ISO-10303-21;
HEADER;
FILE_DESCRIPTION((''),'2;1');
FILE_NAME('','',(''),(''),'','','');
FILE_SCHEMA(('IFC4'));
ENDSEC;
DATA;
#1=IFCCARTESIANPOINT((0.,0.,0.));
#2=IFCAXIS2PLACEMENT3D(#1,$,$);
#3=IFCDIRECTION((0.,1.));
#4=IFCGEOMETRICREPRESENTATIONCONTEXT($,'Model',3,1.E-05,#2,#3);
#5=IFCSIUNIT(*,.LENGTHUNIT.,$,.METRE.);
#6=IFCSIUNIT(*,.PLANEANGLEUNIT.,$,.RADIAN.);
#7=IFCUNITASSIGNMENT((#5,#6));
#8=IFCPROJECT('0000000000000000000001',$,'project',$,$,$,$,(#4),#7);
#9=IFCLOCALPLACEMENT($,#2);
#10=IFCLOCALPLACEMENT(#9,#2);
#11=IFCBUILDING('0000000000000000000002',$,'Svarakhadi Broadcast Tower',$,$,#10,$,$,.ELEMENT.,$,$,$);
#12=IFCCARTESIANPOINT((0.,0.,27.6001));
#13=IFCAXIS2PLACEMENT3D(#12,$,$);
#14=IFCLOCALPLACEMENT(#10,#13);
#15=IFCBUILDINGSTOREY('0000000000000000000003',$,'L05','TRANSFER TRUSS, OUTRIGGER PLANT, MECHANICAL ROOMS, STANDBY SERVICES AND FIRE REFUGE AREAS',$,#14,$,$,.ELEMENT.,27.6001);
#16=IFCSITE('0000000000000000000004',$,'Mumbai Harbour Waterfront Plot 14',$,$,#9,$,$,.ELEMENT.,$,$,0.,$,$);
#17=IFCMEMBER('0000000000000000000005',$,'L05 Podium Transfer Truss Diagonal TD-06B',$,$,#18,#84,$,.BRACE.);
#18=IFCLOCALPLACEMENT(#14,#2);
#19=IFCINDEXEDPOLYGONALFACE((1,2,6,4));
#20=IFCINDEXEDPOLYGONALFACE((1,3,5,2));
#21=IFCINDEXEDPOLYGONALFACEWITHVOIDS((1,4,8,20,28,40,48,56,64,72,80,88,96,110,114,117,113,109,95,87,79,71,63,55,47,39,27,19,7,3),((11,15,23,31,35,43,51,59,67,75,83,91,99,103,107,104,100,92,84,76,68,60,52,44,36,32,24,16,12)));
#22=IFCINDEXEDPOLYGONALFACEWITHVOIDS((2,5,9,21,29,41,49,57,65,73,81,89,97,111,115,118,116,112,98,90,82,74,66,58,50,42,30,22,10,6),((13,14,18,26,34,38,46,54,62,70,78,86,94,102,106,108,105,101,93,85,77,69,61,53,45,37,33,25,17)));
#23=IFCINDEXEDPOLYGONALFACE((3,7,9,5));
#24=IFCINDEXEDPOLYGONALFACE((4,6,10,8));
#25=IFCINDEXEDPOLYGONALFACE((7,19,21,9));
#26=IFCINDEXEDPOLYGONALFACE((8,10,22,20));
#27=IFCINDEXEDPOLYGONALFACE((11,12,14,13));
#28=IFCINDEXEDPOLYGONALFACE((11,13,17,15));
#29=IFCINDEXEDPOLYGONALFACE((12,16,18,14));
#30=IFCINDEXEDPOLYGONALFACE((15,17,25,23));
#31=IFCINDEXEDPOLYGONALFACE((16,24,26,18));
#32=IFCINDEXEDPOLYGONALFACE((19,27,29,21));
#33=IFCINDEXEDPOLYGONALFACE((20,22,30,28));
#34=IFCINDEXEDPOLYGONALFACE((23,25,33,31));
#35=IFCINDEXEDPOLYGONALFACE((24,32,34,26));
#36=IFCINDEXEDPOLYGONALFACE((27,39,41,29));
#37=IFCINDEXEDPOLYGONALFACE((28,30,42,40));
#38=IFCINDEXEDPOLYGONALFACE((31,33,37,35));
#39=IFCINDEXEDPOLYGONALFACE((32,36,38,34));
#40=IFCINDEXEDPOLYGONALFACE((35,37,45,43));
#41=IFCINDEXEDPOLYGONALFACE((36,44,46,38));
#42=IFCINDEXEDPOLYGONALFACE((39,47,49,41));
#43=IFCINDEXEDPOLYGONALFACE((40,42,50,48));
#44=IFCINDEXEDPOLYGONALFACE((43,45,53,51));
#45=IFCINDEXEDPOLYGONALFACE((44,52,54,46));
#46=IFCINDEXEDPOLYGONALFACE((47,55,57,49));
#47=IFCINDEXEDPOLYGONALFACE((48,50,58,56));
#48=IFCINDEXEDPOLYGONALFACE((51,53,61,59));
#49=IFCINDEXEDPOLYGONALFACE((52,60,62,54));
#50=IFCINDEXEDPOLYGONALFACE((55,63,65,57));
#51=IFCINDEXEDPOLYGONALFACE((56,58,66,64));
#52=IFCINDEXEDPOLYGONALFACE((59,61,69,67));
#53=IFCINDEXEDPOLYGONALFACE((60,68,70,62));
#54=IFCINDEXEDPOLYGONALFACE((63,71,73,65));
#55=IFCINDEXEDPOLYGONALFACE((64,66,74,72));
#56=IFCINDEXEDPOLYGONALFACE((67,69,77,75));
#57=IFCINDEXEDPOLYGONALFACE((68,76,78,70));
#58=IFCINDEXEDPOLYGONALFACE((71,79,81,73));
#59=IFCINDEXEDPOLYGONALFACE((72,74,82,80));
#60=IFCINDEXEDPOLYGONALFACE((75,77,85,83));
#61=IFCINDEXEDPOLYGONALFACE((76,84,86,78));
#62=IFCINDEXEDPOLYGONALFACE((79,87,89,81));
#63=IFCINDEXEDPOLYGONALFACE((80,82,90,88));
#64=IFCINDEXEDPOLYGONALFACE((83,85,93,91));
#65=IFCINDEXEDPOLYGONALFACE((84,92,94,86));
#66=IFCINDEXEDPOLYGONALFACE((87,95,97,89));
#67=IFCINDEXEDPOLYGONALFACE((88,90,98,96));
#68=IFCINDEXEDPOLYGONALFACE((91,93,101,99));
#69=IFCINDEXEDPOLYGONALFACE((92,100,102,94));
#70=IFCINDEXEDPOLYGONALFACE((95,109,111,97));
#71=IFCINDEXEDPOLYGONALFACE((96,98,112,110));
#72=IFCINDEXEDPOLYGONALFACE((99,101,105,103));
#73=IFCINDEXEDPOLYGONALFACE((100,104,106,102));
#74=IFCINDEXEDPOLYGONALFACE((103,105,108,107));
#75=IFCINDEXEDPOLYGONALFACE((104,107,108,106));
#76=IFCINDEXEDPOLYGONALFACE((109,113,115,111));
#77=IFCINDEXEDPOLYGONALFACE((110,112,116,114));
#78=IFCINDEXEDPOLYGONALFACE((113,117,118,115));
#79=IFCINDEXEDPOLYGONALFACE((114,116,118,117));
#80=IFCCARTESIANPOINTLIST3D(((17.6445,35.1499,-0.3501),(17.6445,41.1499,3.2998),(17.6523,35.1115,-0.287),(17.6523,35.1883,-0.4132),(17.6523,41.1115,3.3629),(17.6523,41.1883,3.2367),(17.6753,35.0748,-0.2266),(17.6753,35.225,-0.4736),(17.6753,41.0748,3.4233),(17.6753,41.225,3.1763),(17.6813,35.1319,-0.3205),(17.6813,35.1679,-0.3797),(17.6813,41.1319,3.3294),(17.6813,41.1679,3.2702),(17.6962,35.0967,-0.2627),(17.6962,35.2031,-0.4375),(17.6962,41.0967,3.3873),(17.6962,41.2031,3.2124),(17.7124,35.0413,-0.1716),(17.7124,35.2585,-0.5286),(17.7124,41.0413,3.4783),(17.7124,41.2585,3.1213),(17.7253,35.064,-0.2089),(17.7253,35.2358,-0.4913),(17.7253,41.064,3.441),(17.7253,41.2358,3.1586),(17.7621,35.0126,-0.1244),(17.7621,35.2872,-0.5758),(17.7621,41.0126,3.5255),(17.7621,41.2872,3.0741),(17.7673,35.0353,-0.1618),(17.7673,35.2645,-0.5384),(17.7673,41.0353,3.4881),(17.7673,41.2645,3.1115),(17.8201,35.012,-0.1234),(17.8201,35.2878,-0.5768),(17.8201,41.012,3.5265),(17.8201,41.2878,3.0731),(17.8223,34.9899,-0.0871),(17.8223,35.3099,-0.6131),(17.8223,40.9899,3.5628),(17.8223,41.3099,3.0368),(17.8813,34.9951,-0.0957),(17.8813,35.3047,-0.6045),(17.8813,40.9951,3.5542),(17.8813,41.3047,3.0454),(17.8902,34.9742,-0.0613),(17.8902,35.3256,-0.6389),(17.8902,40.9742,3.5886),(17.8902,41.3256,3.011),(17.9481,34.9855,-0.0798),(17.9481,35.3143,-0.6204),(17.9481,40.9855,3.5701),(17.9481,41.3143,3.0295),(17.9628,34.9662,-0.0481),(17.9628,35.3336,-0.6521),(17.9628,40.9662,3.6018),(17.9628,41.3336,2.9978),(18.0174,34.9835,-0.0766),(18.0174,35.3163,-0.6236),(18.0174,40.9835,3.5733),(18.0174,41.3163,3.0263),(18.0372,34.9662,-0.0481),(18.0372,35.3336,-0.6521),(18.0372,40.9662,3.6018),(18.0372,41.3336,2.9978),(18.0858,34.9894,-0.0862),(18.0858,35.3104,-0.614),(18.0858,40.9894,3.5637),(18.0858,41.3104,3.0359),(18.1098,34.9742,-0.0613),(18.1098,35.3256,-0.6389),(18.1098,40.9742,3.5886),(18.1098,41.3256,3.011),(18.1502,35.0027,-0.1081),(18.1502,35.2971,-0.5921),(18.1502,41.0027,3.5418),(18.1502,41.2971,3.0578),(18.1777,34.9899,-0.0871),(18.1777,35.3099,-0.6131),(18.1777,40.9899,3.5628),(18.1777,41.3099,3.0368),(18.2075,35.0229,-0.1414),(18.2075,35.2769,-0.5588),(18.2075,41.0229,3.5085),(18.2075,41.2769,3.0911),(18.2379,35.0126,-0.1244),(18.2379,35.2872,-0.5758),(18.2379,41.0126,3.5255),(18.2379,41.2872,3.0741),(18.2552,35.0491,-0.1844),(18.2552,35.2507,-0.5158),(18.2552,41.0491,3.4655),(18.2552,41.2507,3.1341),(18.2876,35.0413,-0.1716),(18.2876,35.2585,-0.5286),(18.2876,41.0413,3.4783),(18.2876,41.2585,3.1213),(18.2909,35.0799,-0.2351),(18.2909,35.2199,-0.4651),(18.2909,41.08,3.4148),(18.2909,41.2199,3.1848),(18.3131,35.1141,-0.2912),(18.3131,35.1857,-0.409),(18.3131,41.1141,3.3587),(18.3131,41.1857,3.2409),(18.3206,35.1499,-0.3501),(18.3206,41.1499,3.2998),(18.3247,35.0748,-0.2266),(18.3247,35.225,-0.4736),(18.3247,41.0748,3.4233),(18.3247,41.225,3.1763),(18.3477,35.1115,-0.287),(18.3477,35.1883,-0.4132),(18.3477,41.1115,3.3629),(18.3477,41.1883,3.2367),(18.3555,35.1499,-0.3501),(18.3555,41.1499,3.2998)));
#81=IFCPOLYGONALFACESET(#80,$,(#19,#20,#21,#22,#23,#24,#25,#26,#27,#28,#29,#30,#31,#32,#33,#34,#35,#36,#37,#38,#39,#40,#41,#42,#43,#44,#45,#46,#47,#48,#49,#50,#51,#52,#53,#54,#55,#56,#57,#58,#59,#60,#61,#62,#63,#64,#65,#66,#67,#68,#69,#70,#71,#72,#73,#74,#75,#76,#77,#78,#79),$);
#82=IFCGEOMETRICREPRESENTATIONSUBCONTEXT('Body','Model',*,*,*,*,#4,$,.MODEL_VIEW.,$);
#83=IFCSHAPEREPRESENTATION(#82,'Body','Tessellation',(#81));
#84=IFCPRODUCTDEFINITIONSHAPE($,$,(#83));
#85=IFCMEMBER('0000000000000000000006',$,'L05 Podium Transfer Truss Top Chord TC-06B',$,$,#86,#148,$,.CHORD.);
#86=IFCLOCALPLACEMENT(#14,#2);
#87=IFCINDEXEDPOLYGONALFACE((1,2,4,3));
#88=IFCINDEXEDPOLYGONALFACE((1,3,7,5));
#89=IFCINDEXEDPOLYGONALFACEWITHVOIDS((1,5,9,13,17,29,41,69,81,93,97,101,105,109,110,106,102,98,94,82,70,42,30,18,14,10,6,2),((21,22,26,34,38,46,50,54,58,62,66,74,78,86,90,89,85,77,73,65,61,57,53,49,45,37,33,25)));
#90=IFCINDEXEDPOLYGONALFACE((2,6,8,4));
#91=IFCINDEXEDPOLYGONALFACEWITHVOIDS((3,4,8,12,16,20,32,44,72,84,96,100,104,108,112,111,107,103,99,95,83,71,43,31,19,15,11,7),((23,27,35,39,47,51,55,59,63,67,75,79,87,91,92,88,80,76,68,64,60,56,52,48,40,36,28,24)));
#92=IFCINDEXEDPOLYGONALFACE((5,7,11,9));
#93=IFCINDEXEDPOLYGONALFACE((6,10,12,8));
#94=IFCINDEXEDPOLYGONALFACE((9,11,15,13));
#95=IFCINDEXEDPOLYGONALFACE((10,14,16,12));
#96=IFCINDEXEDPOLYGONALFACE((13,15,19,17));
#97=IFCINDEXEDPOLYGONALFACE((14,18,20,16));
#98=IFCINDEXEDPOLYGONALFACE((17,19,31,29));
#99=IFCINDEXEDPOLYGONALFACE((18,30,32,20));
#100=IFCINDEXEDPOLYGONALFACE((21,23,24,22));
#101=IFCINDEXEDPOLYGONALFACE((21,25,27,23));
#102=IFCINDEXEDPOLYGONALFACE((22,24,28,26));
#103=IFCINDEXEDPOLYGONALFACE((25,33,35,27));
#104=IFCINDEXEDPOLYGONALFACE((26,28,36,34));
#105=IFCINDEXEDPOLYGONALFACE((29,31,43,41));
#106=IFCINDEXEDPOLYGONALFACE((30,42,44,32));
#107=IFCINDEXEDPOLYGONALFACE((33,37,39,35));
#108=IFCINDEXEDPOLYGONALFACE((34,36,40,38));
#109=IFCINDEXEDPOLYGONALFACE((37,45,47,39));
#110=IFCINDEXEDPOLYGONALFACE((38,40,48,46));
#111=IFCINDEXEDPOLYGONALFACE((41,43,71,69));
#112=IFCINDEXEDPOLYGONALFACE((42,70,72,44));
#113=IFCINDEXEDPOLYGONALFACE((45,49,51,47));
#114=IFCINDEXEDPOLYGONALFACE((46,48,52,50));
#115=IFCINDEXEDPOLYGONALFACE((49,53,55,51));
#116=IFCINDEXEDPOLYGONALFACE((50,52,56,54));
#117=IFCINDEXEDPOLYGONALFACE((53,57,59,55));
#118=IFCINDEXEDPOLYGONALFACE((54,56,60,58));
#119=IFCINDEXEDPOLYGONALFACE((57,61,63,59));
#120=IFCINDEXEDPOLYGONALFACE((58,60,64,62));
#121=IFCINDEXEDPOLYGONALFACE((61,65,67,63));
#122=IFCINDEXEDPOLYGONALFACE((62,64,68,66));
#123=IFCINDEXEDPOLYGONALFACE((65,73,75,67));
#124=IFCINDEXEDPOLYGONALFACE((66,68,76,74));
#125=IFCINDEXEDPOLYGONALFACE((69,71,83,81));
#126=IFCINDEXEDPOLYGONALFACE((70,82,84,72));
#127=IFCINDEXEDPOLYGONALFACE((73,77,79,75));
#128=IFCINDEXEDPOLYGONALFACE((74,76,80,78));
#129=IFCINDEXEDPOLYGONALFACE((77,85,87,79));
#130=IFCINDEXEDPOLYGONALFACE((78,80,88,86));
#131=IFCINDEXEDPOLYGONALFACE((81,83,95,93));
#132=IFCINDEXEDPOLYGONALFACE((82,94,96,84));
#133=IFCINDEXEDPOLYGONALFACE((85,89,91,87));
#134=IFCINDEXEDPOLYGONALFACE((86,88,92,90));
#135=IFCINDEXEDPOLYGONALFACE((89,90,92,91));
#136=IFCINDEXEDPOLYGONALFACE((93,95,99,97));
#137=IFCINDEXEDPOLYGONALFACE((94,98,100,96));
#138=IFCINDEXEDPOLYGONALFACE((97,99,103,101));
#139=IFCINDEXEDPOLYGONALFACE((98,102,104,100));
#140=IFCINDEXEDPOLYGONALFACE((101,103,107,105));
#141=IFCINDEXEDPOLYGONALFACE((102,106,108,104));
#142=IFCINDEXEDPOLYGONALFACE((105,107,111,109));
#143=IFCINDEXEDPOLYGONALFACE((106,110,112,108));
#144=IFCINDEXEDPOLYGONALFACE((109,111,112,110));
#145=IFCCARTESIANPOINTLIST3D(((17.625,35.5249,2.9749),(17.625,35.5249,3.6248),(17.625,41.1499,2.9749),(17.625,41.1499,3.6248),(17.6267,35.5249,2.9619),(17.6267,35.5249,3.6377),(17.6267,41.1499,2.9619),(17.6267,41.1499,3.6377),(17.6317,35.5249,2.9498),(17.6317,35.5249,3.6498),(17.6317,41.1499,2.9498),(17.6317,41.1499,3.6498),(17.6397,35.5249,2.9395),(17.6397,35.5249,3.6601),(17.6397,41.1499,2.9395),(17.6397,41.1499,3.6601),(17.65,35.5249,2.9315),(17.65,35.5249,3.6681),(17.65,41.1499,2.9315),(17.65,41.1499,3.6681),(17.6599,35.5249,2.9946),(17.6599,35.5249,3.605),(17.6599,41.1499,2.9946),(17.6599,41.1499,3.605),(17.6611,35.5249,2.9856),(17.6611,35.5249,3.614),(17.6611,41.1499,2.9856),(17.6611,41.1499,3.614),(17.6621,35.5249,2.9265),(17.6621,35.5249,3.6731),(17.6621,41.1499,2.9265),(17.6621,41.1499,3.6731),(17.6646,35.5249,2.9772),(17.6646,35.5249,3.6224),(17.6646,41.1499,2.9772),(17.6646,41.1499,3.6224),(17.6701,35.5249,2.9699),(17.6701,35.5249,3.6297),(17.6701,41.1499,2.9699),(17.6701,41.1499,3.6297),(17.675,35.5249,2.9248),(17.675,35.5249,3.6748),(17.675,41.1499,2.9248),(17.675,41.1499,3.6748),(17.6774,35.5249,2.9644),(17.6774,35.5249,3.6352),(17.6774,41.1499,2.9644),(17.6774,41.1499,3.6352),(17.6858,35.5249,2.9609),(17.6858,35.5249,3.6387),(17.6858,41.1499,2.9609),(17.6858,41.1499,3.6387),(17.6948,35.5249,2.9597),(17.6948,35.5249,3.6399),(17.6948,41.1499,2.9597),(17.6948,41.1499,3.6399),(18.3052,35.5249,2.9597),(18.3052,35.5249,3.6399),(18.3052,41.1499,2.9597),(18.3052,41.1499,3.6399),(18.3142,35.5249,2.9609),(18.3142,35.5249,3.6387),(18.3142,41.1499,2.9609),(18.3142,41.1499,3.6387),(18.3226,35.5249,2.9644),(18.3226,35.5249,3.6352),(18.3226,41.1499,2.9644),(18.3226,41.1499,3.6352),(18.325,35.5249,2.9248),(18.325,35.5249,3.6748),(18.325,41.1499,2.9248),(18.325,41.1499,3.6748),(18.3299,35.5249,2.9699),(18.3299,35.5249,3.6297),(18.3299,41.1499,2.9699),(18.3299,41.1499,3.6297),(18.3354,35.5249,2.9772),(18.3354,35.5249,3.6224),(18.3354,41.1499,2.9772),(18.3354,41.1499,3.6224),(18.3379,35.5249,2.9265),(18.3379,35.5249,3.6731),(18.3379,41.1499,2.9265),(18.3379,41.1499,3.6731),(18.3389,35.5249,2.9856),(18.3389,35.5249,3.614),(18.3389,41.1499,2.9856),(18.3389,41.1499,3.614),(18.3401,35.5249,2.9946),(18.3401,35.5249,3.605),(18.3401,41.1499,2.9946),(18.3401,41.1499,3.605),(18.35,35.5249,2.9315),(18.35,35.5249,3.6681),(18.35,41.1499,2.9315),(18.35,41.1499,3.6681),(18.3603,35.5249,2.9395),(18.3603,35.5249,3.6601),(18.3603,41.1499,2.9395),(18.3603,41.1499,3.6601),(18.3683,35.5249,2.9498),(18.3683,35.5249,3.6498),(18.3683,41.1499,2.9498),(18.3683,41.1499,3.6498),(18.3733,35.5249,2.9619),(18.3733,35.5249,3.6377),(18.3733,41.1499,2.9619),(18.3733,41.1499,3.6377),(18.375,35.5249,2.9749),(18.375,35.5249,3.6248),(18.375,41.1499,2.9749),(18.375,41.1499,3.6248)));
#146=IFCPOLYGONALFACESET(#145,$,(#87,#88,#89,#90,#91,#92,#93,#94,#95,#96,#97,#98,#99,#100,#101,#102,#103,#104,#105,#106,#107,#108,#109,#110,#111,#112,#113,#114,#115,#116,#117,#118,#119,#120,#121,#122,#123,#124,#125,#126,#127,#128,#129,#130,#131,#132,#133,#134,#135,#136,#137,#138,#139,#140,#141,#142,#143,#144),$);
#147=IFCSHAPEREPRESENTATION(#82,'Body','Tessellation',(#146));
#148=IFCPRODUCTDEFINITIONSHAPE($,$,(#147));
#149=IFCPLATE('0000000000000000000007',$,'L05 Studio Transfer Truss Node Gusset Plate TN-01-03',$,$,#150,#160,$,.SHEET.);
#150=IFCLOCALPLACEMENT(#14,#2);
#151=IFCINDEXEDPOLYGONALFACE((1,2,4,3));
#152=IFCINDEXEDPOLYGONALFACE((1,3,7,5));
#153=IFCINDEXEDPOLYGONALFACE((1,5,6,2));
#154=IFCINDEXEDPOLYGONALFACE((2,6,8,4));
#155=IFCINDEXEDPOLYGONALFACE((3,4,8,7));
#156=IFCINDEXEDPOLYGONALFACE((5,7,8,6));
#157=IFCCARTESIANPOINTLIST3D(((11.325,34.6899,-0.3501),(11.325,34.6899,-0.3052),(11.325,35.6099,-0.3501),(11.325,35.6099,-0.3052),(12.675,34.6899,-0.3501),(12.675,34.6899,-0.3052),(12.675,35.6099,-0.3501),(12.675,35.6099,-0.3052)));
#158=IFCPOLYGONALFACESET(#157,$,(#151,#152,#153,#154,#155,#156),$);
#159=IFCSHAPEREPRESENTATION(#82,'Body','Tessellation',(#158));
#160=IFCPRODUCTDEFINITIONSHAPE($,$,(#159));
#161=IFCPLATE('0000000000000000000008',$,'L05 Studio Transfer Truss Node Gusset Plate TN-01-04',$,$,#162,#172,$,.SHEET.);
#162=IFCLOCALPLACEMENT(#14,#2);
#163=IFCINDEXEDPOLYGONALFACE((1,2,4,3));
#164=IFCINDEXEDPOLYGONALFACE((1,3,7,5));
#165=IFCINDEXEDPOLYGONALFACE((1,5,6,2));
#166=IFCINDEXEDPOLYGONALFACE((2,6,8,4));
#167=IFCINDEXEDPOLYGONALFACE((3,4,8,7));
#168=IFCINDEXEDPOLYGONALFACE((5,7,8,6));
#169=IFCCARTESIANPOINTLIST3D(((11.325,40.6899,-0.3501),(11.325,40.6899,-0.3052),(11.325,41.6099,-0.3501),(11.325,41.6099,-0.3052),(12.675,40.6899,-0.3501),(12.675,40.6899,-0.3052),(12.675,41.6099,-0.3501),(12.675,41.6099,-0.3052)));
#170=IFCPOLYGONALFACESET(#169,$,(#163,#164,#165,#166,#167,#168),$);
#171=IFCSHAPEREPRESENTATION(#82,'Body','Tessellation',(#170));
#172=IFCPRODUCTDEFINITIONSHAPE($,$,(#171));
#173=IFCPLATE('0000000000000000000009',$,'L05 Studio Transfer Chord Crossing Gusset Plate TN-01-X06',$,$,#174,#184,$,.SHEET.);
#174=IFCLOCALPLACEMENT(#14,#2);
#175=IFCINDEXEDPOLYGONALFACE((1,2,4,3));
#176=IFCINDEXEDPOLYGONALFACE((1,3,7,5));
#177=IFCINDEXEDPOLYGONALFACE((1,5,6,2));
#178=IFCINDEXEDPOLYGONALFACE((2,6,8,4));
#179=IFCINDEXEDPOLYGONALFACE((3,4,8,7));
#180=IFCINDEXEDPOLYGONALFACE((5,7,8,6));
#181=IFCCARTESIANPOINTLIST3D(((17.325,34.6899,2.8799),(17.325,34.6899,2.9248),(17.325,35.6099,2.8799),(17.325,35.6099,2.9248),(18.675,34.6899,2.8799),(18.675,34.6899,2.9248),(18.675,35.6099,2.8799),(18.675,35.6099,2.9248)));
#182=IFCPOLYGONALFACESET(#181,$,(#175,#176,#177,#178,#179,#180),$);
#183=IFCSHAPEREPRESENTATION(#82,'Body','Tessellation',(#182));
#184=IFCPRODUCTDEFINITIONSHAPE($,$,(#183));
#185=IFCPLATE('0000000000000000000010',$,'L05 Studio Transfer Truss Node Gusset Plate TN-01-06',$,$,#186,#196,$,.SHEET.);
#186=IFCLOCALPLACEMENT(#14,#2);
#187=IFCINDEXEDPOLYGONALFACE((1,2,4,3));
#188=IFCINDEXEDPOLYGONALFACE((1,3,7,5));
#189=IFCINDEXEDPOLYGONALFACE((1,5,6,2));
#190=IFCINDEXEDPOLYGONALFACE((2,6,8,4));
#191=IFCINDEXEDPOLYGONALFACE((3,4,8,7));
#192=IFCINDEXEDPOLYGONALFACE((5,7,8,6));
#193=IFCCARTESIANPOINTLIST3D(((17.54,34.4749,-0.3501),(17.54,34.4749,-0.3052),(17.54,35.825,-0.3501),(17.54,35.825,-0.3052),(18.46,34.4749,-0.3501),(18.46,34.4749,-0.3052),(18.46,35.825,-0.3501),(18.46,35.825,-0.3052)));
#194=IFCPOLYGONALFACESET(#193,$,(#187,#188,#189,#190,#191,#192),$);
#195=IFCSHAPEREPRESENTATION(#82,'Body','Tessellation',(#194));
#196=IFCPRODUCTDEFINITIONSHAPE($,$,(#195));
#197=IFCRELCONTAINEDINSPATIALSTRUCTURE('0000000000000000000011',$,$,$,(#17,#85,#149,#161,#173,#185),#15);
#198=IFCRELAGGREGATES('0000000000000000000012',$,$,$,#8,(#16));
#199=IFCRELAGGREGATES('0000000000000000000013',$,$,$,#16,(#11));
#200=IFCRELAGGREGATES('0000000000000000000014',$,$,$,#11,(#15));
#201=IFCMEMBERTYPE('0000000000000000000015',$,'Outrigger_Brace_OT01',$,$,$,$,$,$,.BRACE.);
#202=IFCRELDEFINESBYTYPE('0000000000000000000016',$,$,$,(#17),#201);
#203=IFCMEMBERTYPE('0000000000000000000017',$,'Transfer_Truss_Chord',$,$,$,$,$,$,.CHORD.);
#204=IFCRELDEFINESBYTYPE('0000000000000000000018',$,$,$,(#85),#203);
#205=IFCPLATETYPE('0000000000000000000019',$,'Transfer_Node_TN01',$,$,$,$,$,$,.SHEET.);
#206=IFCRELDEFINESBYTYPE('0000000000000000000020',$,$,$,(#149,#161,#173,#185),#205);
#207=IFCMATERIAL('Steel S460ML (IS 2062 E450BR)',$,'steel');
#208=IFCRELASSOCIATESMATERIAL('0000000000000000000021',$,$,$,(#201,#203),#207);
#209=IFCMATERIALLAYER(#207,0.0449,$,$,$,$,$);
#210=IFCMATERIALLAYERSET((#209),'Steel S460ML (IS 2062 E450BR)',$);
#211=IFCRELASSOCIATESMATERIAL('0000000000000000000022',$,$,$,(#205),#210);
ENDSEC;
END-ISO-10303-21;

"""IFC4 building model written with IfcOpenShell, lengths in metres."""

from ifc_helpers import new_model, si_unit, direction, frame, origin, origin_2d, place, context, subcontext, project, spatial, rectangle, hollow_rectangle, hollow_circle, extrude, material, layer, layer_set, material_profile, profile_set, type_object, element, save


model = new_model("IFC4")

# Units and contexts
model_context = context("Model", 3, precision=1e-05, world=origin(), true_north=direction((0.0, 1.0)))
body_context = subcontext(model_context, "Body", "Model", "MODEL_VIEW")
ifc_project = project(units=[si_unit("LENGTHUNIT", "METRE"), si_unit("PLANEANGLEUNIT", "RADIAN")], contexts=[model_context])

# Site, building, storey
site_placement = place(None, origin())
site = spatial("IfcSite", under=ifc_project, at=site_placement, Name="Mumbai Harbour Waterfront Plot 14", CompositionType="ELEMENT", RefElevation=0.0)
building_placement = place(site_placement, origin())
building = spatial("IfcBuilding", under=site, at=building_placement, Name="Svarakhadi Broadcast Tower", CompositionType="ELEMENT")
storey_placement = place(building_placement, frame((0.0, 0.0, 27.6001)))
storey = spatial("IfcBuildingStorey", under=building, at=storey_placement, Name="L05", Description="TRANSFER TRUSS, OUTRIGGER PLANT, MECHANICAL ROOMS, STANDBY SERVICES AND FIRE REFUGE AREAS", CompositionType="ELEMENT", Elevation=27.6001)

# Shared definitions
ifc_material_1 = material(Name="Steel S460ML (IS 2062 E450BR)", Category="steel")

# Members
ifc_material_profile_1 = material_profile(ifc_material_1, hollow_circle(Radius=0.3555, WallThickness=0.0349, at=origin_2d()), Name="CHS 711x35")
ifc_profile_set_1 = profile_set([ifc_material_profile_1], Name="Steel S460ML (IS 2062 E450BR)")
member_type_1 = type_object("IfcMemberType", Name="Outrigger_Brace_OT01", PredefinedType="BRACE", material=ifc_profile_set_1)
for number, where, z_axis, x_axis, name in (
    (1, (18.0, 41.1499, 3.2998), (0.0, -0.854342, -0.519711), (1.0, 0.0, 0.0), "L05 Podium Transfer Truss Diagonal TD-06B"),
):
    element("IfcMember", number, at=place(storey_placement, frame(where, z_axis=z_axis, x_axis=x_axis)), inside=storey, type_object=member_type_1, Name=name, PredefinedType="BRACE", context=body_context, shape_type="SweptSolid", body=[
        extrude(hollow_circle(Radius=0.3555, WallThickness=0.0349, at=origin_2d()), origin(), (0.0, 0.0, 1.0), 7.0229),
    ])
ifc_material_profile_2 = material_profile(ifc_material_1, hollow_rectangle(XDim=0.75, YDim=0.75, WallThickness=0.0349, InnerFilletRadius=0.0349, OuterFilletRadius=0.05, at=origin_2d()), Name="BOX 750x750x35")
ifc_profile_set_2 = profile_set([ifc_material_profile_2], Name="Steel S460ML (IS 2062 E450BR)")
member_type_2 = type_object("IfcMemberType", Name="Transfer_Truss_Chord", PredefinedType="CHORD", material=ifc_profile_set_2)
member_placement = place(storey_placement, frame((18.0, 35.5249, 3.2998), z_axis=(0.0, 1.0, 0.0), x_axis=(-1.0, 0.0, 0.0)))
element("IfcMember", 2, at=member_placement, inside=storey, type_object=member_type_2, Name="L05 Podium Transfer Truss Top Chord TC-06B", PredefinedType="CHORD", context=body_context, shape_type="SweptSolid", body=[
    extrude(hollow_rectangle(XDim=0.75, YDim=0.75, WallThickness=0.0349, InnerFilletRadius=0.0349, OuterFilletRadius=0.05, at=origin_2d()), origin(), (0.0, 0.0, 1.0), 5.625),
])

# Plates
ifc_layer_1 = layer(ifc_material_1, 0.0449)
ifc_layer_set_1 = layer_set([ifc_layer_1], Name="Steel S460ML (IS 2062 E450BR)")
plate_type = type_object("IfcPlateType", Name="Transfer_Node_TN01", PredefinedType="SHEET", material=ifc_layer_set_1)
for number, where, z_axis, x_axis, name in (
    (3, (12.0, 35.1499, -0.3501), (0.0, 0.0, 1.0), (1.0, 0.0, 0.0), "L05 Studio Transfer Truss Node Gusset Plate TN-01-03"),
    (4, (12.0, 41.1499, -0.3501), (0.0, 0.0, 1.0), (1.0, 0.0, 0.0), "L05 Studio Transfer Truss Node Gusset Plate TN-01-04"),
    (5, (18.0, 35.1499, 2.8799), (0.0, 0.0, 1.0), (1.0, 0.0, 0.0), "L05 Studio Transfer Chord Crossing Gusset Plate TN-01-X06"),
    (6, (18.0, 35.1499, -0.3501), (0.0, 0.0, 1.0), (0.0, 1.0, 0.0), "L05 Studio Transfer Truss Node Gusset Plate TN-01-06"),
):
    element("IfcPlate", number, at=place(storey_placement, frame(where, z_axis=z_axis, x_axis=x_axis)), inside=storey, type_object=plate_type, Name=name, PredefinedType="SHEET", context=body_context, shape_type="SweptSolid", body=[
        extrude(rectangle(XDim=1.3501, YDim=0.9199, at=origin_2d()), origin(), (0.0, 0.0, 1.0), 0.0449),
    ])

save(model, "model.ifc")
